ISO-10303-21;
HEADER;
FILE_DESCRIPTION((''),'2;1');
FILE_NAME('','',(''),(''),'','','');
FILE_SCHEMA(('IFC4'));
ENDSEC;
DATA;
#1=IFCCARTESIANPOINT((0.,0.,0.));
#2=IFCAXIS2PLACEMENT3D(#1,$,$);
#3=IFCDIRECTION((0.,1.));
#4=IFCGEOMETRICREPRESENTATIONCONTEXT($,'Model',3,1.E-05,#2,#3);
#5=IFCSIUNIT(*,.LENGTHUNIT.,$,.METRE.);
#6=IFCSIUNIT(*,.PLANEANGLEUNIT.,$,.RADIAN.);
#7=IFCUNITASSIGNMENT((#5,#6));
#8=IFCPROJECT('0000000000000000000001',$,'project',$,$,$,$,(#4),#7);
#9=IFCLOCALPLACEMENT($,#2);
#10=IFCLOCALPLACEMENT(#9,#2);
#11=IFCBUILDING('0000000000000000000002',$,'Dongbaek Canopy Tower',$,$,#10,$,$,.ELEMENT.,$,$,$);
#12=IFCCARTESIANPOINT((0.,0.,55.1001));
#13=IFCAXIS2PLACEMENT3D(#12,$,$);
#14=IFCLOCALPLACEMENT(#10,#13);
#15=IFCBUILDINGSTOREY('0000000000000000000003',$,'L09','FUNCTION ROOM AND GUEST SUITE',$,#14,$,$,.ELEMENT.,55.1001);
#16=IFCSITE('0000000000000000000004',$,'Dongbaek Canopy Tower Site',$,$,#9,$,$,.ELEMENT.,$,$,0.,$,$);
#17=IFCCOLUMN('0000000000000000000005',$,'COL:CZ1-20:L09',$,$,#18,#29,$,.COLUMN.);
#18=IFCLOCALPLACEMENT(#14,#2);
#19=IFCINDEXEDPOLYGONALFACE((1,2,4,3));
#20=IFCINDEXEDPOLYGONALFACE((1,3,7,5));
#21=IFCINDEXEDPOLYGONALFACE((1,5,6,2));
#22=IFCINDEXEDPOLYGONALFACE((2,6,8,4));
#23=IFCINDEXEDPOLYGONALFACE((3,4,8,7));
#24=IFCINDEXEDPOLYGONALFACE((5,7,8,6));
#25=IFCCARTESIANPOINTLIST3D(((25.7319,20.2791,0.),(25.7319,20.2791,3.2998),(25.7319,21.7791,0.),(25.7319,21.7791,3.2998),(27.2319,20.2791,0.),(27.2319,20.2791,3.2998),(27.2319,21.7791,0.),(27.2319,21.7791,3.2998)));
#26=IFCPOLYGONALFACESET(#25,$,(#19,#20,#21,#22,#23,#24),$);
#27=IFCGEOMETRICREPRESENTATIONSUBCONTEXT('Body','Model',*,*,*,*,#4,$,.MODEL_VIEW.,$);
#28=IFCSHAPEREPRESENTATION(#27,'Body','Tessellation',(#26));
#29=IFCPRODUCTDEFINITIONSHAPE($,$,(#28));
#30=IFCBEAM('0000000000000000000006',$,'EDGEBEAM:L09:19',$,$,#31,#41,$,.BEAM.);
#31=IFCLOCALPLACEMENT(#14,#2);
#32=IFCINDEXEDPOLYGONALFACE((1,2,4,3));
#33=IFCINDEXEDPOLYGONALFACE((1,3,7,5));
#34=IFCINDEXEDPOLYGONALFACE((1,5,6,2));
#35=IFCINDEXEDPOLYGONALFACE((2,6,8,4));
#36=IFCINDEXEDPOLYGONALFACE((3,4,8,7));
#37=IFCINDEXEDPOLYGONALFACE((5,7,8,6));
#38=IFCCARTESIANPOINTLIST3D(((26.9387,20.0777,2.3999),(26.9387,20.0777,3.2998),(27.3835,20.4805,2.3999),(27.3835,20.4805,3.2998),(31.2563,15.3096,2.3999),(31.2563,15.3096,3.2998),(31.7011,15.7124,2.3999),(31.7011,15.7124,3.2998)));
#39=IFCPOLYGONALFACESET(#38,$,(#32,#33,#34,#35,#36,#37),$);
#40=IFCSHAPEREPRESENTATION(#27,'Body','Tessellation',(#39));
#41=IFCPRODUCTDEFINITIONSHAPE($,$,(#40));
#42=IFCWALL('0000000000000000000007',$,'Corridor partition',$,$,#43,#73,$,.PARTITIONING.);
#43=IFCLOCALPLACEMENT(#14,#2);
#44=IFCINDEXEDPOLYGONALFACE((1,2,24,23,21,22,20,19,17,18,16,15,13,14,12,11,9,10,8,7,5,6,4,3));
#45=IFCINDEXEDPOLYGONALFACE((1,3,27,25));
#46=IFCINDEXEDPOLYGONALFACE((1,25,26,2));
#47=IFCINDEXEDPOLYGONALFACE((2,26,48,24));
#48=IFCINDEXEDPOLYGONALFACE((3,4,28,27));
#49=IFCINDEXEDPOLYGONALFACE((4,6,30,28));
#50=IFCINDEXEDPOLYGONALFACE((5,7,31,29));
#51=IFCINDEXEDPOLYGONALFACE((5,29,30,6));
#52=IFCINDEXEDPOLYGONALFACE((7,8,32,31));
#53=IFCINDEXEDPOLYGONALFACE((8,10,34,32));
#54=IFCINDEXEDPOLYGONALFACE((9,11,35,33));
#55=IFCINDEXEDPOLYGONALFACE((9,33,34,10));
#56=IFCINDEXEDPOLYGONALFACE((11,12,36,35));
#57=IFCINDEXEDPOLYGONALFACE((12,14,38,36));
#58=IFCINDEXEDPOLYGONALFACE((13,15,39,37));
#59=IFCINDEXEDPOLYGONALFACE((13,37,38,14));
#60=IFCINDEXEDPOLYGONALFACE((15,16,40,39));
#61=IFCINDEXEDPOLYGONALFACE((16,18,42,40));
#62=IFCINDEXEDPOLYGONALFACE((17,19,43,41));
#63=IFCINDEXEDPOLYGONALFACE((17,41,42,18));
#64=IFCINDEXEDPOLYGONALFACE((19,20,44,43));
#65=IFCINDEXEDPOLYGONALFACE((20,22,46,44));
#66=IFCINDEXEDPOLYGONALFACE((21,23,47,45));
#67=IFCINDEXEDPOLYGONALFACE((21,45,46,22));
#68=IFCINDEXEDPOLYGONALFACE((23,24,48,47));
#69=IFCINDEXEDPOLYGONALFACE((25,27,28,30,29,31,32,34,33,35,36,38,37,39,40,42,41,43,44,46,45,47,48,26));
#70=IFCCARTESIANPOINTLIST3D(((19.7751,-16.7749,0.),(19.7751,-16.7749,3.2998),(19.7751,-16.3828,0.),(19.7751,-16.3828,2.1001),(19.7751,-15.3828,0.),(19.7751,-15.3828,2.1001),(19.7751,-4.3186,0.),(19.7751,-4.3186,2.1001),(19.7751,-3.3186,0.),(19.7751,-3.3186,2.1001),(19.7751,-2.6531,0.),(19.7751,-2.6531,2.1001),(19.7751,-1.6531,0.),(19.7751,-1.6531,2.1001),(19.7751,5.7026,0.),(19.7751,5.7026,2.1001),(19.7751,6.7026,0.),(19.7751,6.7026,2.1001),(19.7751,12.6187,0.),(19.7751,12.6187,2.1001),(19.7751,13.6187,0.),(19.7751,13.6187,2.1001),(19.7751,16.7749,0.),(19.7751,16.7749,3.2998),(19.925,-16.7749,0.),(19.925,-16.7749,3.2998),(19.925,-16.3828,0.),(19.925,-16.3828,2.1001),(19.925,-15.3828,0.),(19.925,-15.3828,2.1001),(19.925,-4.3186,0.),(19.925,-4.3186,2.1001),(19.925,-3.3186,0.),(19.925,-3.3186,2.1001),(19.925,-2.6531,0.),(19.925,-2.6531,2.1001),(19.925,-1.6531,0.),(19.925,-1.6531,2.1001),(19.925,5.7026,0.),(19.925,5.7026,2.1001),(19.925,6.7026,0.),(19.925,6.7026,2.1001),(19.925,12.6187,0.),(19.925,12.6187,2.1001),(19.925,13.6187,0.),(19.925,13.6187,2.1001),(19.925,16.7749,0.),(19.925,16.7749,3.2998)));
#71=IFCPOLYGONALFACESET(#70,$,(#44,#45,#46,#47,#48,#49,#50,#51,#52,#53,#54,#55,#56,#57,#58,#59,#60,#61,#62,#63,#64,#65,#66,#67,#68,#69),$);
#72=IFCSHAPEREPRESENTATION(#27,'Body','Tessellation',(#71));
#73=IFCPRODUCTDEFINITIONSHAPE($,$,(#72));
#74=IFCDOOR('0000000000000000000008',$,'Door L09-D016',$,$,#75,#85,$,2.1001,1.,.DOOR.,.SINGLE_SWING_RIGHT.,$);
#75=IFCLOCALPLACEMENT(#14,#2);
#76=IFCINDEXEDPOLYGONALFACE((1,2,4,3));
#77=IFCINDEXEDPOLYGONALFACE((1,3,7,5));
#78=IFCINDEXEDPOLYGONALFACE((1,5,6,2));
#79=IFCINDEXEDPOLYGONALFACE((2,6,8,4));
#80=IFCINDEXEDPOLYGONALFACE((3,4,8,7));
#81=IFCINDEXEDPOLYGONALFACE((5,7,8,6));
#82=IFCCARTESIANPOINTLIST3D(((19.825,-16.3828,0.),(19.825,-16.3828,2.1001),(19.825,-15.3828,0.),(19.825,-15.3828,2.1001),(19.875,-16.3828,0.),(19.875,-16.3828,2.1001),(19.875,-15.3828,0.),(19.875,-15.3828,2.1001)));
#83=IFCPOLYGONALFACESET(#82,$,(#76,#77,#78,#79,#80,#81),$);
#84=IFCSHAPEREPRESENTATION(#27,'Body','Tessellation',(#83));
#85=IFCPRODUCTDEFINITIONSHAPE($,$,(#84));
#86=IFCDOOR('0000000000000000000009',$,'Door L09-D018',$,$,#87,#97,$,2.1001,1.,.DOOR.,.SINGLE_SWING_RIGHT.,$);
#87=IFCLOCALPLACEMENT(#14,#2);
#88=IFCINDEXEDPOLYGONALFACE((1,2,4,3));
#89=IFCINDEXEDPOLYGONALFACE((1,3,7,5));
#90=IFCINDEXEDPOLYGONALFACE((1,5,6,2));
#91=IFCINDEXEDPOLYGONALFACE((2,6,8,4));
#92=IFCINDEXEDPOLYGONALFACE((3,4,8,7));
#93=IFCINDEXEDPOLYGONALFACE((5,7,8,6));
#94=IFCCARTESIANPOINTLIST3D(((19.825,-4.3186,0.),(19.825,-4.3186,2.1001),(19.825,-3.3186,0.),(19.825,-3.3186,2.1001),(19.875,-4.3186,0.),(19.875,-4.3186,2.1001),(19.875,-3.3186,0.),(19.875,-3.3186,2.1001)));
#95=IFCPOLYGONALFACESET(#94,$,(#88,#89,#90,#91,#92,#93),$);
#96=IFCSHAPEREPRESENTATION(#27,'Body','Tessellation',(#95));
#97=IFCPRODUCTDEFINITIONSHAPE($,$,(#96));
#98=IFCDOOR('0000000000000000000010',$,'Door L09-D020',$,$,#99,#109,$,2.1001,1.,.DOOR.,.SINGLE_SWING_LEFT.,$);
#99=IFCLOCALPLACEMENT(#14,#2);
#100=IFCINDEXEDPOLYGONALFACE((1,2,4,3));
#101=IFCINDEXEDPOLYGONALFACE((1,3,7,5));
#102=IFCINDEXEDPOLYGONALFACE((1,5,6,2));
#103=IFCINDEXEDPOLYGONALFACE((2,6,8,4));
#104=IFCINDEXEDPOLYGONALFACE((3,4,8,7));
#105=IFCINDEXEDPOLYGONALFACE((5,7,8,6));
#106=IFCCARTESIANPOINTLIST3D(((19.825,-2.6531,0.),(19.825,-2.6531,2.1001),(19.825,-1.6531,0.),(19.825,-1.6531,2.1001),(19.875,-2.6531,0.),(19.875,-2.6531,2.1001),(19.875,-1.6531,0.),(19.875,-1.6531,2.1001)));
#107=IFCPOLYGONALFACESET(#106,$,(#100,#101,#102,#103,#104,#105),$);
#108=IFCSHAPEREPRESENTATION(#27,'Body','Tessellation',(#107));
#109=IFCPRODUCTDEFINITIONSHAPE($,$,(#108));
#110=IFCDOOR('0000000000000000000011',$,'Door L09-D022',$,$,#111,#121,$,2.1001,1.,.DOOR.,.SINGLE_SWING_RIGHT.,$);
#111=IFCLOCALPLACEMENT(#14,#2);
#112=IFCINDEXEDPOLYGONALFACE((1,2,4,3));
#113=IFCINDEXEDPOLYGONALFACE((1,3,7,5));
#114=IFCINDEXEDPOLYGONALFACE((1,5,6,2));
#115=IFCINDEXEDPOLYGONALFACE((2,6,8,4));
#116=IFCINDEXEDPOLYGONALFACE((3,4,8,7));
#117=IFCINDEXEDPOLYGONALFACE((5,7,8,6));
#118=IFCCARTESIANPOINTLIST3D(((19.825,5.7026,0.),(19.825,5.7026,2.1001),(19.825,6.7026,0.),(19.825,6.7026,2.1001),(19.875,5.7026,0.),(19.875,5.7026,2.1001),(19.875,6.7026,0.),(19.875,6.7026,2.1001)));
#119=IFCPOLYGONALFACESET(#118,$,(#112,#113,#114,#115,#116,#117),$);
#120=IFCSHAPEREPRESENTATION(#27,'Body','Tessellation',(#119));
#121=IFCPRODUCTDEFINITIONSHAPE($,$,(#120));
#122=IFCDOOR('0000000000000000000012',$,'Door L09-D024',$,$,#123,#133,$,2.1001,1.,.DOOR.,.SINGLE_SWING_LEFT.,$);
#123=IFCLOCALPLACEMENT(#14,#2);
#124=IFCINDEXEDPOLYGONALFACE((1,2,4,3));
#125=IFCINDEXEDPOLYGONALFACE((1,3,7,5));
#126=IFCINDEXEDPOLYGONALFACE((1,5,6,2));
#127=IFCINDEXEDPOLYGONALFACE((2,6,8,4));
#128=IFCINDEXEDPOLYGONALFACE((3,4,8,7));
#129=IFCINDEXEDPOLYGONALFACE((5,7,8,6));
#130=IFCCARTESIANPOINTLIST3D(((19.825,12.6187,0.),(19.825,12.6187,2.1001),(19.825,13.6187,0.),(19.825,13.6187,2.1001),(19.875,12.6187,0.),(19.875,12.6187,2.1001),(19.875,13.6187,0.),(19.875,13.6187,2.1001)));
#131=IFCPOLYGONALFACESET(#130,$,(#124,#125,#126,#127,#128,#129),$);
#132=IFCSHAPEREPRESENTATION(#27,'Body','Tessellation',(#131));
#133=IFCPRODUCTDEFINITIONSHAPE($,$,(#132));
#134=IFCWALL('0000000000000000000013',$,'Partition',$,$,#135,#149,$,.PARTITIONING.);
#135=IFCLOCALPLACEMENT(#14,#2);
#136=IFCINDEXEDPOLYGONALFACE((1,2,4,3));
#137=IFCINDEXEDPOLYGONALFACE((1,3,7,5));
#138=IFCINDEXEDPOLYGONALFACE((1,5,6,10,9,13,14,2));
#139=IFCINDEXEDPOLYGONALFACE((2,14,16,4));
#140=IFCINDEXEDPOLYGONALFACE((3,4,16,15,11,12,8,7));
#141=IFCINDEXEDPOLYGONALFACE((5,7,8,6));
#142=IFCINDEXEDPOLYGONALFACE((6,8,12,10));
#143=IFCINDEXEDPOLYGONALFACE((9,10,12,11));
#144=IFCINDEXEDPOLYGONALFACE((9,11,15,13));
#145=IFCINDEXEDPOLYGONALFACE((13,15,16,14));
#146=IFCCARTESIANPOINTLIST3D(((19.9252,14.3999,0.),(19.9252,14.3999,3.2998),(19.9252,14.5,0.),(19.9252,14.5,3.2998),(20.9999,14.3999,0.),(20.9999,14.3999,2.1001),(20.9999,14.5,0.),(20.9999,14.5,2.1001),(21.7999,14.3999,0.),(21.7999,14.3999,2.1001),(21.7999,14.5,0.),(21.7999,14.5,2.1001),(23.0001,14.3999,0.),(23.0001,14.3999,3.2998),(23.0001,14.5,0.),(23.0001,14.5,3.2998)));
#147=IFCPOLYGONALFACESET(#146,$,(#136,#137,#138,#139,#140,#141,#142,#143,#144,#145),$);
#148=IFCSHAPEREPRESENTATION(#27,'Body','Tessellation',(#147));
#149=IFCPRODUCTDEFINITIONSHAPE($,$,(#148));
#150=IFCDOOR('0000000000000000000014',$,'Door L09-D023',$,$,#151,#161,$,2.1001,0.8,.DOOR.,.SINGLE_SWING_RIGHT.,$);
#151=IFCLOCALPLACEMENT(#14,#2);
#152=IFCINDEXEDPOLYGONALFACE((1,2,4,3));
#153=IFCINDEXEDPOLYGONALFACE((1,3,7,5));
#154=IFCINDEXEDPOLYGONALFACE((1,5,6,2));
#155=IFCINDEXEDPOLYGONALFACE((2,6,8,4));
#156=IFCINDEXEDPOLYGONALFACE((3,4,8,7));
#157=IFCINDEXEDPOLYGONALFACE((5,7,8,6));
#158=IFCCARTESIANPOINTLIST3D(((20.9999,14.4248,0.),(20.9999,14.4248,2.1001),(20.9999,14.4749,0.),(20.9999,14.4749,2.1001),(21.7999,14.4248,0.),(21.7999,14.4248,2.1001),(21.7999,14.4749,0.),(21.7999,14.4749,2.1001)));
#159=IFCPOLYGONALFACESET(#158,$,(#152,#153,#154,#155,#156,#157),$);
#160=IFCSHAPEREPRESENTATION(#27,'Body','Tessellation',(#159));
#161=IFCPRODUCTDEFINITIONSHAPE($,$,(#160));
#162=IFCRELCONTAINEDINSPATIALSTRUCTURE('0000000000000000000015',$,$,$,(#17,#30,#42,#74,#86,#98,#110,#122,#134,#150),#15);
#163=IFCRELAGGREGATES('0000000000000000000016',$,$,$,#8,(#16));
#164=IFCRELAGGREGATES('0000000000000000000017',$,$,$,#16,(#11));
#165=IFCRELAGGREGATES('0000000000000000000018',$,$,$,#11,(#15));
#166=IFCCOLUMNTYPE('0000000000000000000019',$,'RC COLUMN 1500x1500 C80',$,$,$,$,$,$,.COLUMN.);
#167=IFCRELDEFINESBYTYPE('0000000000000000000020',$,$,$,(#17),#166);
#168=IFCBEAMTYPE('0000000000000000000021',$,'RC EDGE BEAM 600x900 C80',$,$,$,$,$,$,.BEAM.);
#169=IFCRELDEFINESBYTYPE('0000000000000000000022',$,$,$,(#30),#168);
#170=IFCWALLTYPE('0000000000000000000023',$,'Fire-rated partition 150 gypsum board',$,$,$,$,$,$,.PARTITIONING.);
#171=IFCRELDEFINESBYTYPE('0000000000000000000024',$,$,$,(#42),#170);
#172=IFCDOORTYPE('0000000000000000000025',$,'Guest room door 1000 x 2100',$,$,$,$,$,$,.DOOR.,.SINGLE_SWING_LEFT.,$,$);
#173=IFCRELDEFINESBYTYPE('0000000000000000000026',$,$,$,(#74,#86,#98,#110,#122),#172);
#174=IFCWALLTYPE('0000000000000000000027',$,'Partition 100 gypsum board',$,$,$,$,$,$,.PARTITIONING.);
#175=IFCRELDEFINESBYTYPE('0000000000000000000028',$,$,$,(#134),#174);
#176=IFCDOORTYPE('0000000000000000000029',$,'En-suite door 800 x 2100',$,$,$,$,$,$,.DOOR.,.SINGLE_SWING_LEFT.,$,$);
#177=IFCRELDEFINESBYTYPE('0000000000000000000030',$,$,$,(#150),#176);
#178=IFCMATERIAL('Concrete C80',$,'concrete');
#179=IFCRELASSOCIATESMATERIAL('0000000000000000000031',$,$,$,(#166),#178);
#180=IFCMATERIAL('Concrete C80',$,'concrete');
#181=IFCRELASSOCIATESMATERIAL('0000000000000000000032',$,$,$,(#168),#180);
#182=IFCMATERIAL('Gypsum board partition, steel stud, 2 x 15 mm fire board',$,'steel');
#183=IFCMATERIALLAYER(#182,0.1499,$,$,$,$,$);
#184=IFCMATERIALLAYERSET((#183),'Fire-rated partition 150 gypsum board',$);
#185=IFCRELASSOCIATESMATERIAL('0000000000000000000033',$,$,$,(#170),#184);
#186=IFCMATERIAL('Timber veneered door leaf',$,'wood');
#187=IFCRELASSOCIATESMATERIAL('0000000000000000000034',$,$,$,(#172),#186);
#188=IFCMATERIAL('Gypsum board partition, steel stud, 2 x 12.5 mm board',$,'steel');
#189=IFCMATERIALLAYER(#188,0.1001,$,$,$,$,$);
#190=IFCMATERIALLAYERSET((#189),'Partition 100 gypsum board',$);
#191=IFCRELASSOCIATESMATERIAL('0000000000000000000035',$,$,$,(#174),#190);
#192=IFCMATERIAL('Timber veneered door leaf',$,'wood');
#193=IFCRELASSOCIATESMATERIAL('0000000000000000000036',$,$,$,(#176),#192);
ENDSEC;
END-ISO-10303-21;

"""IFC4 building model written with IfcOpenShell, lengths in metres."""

from ifc_helpers import new_model, si_unit, direction, frame, frame_2d, origin, origin_2d, place, context, subcontext, project, spatial, rectangle, extrude, material, layer, layer_set, material_profile, profile_set, type_object, element, fill, save


model = new_model("IFC4")

# Units and contexts
model_context = context("Model", 3, precision=1e-05, world=origin(), true_north=direction((0.0, 1.0)))
body_context = subcontext(model_context, "Body", "Model", "MODEL_VIEW")
ifc_project = project(units=[si_unit("LENGTHUNIT", "METRE"), si_unit("PLANEANGLEUNIT", "RADIAN")], contexts=[model_context])

# Site, building, storey
site_placement = place(None, origin())
site = spatial("IfcSite", under=ifc_project, at=site_placement, Name="Dongbaek Canopy Tower Site", CompositionType="ELEMENT", RefElevation=0.0)
building_placement = place(site_placement, origin())
building = spatial("IfcBuilding", under=site, at=building_placement, Name="Dongbaek Canopy Tower", CompositionType="ELEMENT")
storey_placement = place(building_placement, frame((0.0, 0.0, 55.1001)))
storey = spatial("IfcBuildingStorey", under=building, at=storey_placement, Name="L09", Description="FUNCTION ROOM AND GUEST SUITE", CompositionType="ELEMENT", Elevation=55.1001)

# Column
ifc_material_1 = material(Name="Concrete C80", Category="concrete")
ifc_material_profile_1 = material_profile(ifc_material_1, rectangle(XDim=1.5, YDim=1.5, at=origin_2d()), Name="RC COLUMN 1500x1500 C80")
ifc_profile_set_1 = profile_set([ifc_material_profile_1], Name="Concrete C80")
column_type = type_object("IfcColumnType", Name="RC COLUMN 1500x1500 C80", PredefinedType="COLUMN", material=ifc_profile_set_1)
column_placement = place(storey_placement, frame((26.4819, 21.0291, 0.0), z_axis=(0.0, 0.0, 1.0), x_axis=(1.0, 0.0, 0.0)))
element("IfcColumn", 1, at=column_placement, inside=storey, type_object=column_type, Name="COL:CZ1-20:L09", PredefinedType="COLUMN", context=body_context, shape_type="SweptSolid", body=[
    extrude(rectangle(XDim=1.5, YDim=1.5, at=origin_2d()), origin(), (0.0, 0.0, 1.0), 3.2998),
])

# Beam
ifc_material_2 = material(Name="Concrete C80", Category="concrete")
ifc_material_profile_2 = material_profile(ifc_material_2, rectangle(XDim=0.6001, YDim=0.8999, at=origin_2d()), Name="RC EDGE BEAM 600x900 C80")
ifc_profile_set_2 = profile_set([ifc_material_profile_2], Name="Concrete C80")
beam_type = type_object("IfcBeamType", Name="RC EDGE BEAM 600x900 C80", PredefinedType="BEAM", material=ifc_profile_set_2)
beam_placement = place(storey_placement, frame((27.1611, 20.2791, 2.8499), z_axis=(0.671226, -0.741252, 0.0), x_axis=(0.741252, 0.671226, 0.0)))
element("IfcBeam", 2, at=beam_placement, inside=storey, type_object=beam_type, Name="EDGEBEAM:L09:19", PredefinedType="BEAM", context=body_context, shape_type="SweptSolid", body=[
    extrude(rectangle(XDim=0.6001, YDim=0.8999, at=origin_2d()), origin(), (0.0, 0.0, 1.0), 6.4324),
])

# Wall, openings, doors
ifc_material_3 = material(Name="Gypsum board partition, steel stud, 2 x 15 mm fire board", Category="steel")
ifc_layer_1 = layer(ifc_material_3, 0.1499)
ifc_layer_set_1 = layer_set([ifc_layer_1], Name="Fire-rated partition 150 gypsum board")
wall_type_1 = type_object("IfcWallType", Name="Fire-rated partition 150 gypsum board", PredefinedType="PARTITIONING", material=ifc_layer_set_1)
wall_1_placement = place(storey_placement, frame((19.8501, 16.7749, 0.0), z_axis=(0.0, 0.0, 1.0), x_axis=(0.0, -1.0, 0.0)))
wall_1 = element("IfcWall", 3, at=wall_1_placement, inside=storey, type_object=wall_type_1, Name="Corridor partition", PredefinedType="PARTITIONING", context=body_context, shape_type="SweptSolid", body=[
    extrude(rectangle(XDim=33.5498, YDim=0.1499, at=frame_2d((16.7749, 0.0))), origin(), (0.0, 0.0, 1.0), 3.2998),
])
opening_1_placement = place(wall_1_placement, frame((32.1577, 0.0, 0.0)))
opening_1 = element("IfcOpeningElement", 4, at=opening_1_placement, cuts=wall_1, PredefinedType="OPENING", context=body_context, shape_type="SweptSolid", body=[
    extrude(rectangle(XDim=1.0, YDim=2.1001, at=frame_2d((0.5, 1.05))), frame((0.0, 0.085, 0.0), z_axis=(0.0, -1.0, 0.0), x_axis=(1.0, 0.0, 0.0)), (0.0, 0.0, 1.0), 0.1699),
])
opening_2_placement = place(wall_1_placement, frame((20.0935, 0.0, 0.0)))
opening_2 = element("IfcOpeningElement", 5, at=opening_2_placement, cuts=wall_1, PredefinedType="OPENING", context=body_context, shape_type="SweptSolid", body=[
    extrude(rectangle(XDim=1.0, YDim=2.1001, at=frame_2d((0.5, 1.05))), frame((0.0, 0.085, 0.0), z_axis=(0.0, -1.0, 0.0), x_axis=(1.0, 0.0, 0.0)), (0.0, 0.0, 1.0), 0.1699),
])
opening_3_placement = place(wall_1_placement, frame((18.428, 0.0, 0.0)))
opening_3 = element("IfcOpeningElement", 6, at=opening_3_placement, cuts=wall_1, PredefinedType="OPENING", context=body_context, shape_type="SweptSolid", body=[
    extrude(rectangle(XDim=1.0, YDim=2.1001, at=frame_2d((0.5, 1.05))), frame((0.0, 0.085, 0.0), z_axis=(0.0, -1.0, 0.0), x_axis=(1.0, 0.0, 0.0)), (0.0, 0.0, 1.0), 0.1699),
])
opening_4_placement = place(wall_1_placement, frame((10.0723, 0.0, 0.0)))
opening_4 = element("IfcOpeningElement", 7, at=opening_4_placement, cuts=wall_1, PredefinedType="OPENING", context=body_context, shape_type="SweptSolid", body=[
    extrude(rectangle(XDim=1.0, YDim=2.1001, at=frame_2d((0.5, 1.05))), frame((0.0, 0.085, 0.0), z_axis=(0.0, -1.0, 0.0), x_axis=(1.0, 0.0, 0.0)), (0.0, 0.0, 1.0), 0.1699),
])
opening_5_placement = place(wall_1_placement, frame((3.1562, 0.0, 0.0)))
opening_5 = element("IfcOpeningElement", 8, at=opening_5_placement, cuts=wall_1, PredefinedType="OPENING", context=body_context, shape_type="SweptSolid", body=[
    extrude(rectangle(XDim=1.0, YDim=2.1001, at=frame_2d((0.5, 1.05))), frame((0.0, 0.085, 0.0), z_axis=(0.0, -1.0, 0.0), x_axis=(1.0, 0.0, 0.0)), (0.0, 0.0, 1.0), 0.1699),
])
ifc_material_4 = material(Name="Timber veneered door leaf", Category="wood")
door_type_1 = type_object("IfcDoorType", Name="Guest room door 1000 x 2100", OperationType="SINGLE_SWING_LEFT", PredefinedType="DOOR", material=ifc_material_4)
door_1_placement = place(opening_1_placement, origin())
door_1 = element("IfcDoor", 9, at=door_1_placement, inside=storey, type_object=door_type_1, Name="Door L09-D016", OperationType="SINGLE_SWING_RIGHT", OverallHeight=2.1001, OverallWidth=1.0, PredefinedType="DOOR", context=body_context, shape_type="SweptSolid", body=[
    extrude(rectangle(XDim=1.0, YDim=2.1001, at=frame_2d((0.5, 1.05))), frame((0.0, 0.0249, 0.0), z_axis=(0.0, -1.0, 0.0), x_axis=(1.0, 0.0, 0.0)), (0.0, 0.0, 1.0), 0.05),
])
fill(opening_1, door_1)
door_2_placement = place(opening_2_placement, origin())
door_2 = element("IfcDoor", 10, at=door_2_placement, inside=storey, type_object=door_type_1, Name="Door L09-D018", OperationType="SINGLE_SWING_RIGHT", OverallHeight=2.1001, OverallWidth=1.0, PredefinedType="DOOR", context=body_context, shape_type="SweptSolid", body=[
    extrude(rectangle(XDim=1.0, YDim=2.1001, at=frame_2d((0.5, 1.05))), frame((0.0, 0.0249, 0.0), z_axis=(0.0, -1.0, 0.0), x_axis=(1.0, 0.0, 0.0)), (0.0, 0.0, 1.0), 0.05),
])
fill(opening_2, door_2)
door_3_placement = place(opening_3_placement, origin())
door_3 = element("IfcDoor", 11, at=door_3_placement, inside=storey, type_object=door_type_1, Name="Door L09-D020", OperationType="SINGLE_SWING_LEFT", OverallHeight=2.1001, OverallWidth=1.0, PredefinedType="DOOR", context=body_context, shape_type="SweptSolid", body=[
    extrude(rectangle(XDim=1.0, YDim=2.1001, at=frame_2d((0.5, 1.05))), frame((0.0, 0.0249, 0.0), z_axis=(0.0, -1.0, 0.0), x_axis=(1.0, 0.0, 0.0)), (0.0, 0.0, 1.0), 0.05),
])
fill(opening_3, door_3)
door_4_placement = place(opening_4_placement, origin())
door_4 = element("IfcDoor", 12, at=door_4_placement, inside=storey, type_object=door_type_1, Name="Door L09-D022", OperationType="SINGLE_SWING_RIGHT", OverallHeight=2.1001, OverallWidth=1.0, PredefinedType="DOOR", context=body_context, shape_type="SweptSolid", body=[
    extrude(rectangle(XDim=1.0, YDim=2.1001, at=frame_2d((0.5, 1.05))), frame((0.0, 0.0249, 0.0), z_axis=(0.0, -1.0, 0.0), x_axis=(1.0, 0.0, 0.0)), (0.0, 0.0, 1.0), 0.05),
])
fill(opening_4, door_4)
door_5_placement = place(opening_5_placement, origin())
door_5 = element("IfcDoor", 13, at=door_5_placement, inside=storey, type_object=door_type_1, Name="Door L09-D024", OperationType="SINGLE_SWING_LEFT", OverallHeight=2.1001, OverallWidth=1.0, PredefinedType="DOOR", context=body_context, shape_type="SweptSolid", body=[
    extrude(rectangle(XDim=1.0, YDim=2.1001, at=frame_2d((0.5, 1.05))), frame((0.0, 0.0249, 0.0), z_axis=(0.0, -1.0, 0.0), x_axis=(1.0, 0.0, 0.0)), (0.0, 0.0, 1.0), 0.05),
])
fill(opening_5, door_5)

# Wall, opening, door
ifc_material_5 = material(Name="Gypsum board partition, steel stud, 2 x 12.5 mm board", Category="steel")
ifc_layer_2 = layer(ifc_material_5, 0.1001)
ifc_layer_set_2 = layer_set([ifc_layer_2], Name="Partition 100 gypsum board")
wall_type_2 = type_object("IfcWallType", Name="Partition 100 gypsum board", PredefinedType="PARTITIONING", material=ifc_layer_set_2)
wall_2_placement = place(storey_placement, frame((19.925, 14.45, 0.0), z_axis=(0.0, 0.0, 1.0), x_axis=(1.0, 0.0, 0.0)))
wall_2 = element("IfcWall", 14, at=wall_2_placement, inside=storey, type_object=wall_type_2, Name="Partition", PredefinedType="PARTITIONING", context=body_context, shape_type="SweptSolid", body=[
    extrude(rectangle(XDim=3.075, YDim=0.1001, at=frame_2d((1.5376, 0.0))), origin(), (0.0, 0.0, 1.0), 3.2998),
])
opening_6_placement = place(wall_2_placement, frame((1.075, 0.0, 0.0)))
opening_6 = element("IfcOpeningElement", 15, at=opening_6_placement, cuts=wall_2, PredefinedType="OPENING", context=body_context, shape_type="SweptSolid", body=[
    extrude(rectangle(XDim=0.8, YDim=2.1001, at=frame_2d((0.3999, 1.05))), frame((0.0, 0.0601, 0.0), z_axis=(0.0, -1.0, 0.0), x_axis=(1.0, 0.0, 0.0)), (0.0, 0.0, 1.0), 0.1201),
])
ifc_material_6 = material(Name="Timber veneered door leaf", Category="wood")
door_type_2 = type_object("IfcDoorType", Name="En-suite door 800 x 2100", OperationType="SINGLE_SWING_LEFT", PredefinedType="DOOR", material=ifc_material_6)
door_6_placement = place(opening_6_placement, origin())
door_6 = element("IfcDoor", 16, at=door_6_placement, inside=storey, type_object=door_type_2, Name="Door L09-D023", OperationType="SINGLE_SWING_RIGHT", OverallHeight=2.1001, OverallWidth=0.8, PredefinedType="DOOR", context=body_context, shape_type="SweptSolid", body=[
    extrude(rectangle(XDim=0.8, YDim=2.1001, at=frame_2d((0.3999, 1.05))), frame((0.0, 0.0249, 0.0), z_axis=(0.0, -1.0, 0.0), x_axis=(1.0, 0.0, 0.0)), (0.0, 0.0, 1.0), 0.05),
])
fill(opening_6, door_6)

save(model, "model.ifc")
